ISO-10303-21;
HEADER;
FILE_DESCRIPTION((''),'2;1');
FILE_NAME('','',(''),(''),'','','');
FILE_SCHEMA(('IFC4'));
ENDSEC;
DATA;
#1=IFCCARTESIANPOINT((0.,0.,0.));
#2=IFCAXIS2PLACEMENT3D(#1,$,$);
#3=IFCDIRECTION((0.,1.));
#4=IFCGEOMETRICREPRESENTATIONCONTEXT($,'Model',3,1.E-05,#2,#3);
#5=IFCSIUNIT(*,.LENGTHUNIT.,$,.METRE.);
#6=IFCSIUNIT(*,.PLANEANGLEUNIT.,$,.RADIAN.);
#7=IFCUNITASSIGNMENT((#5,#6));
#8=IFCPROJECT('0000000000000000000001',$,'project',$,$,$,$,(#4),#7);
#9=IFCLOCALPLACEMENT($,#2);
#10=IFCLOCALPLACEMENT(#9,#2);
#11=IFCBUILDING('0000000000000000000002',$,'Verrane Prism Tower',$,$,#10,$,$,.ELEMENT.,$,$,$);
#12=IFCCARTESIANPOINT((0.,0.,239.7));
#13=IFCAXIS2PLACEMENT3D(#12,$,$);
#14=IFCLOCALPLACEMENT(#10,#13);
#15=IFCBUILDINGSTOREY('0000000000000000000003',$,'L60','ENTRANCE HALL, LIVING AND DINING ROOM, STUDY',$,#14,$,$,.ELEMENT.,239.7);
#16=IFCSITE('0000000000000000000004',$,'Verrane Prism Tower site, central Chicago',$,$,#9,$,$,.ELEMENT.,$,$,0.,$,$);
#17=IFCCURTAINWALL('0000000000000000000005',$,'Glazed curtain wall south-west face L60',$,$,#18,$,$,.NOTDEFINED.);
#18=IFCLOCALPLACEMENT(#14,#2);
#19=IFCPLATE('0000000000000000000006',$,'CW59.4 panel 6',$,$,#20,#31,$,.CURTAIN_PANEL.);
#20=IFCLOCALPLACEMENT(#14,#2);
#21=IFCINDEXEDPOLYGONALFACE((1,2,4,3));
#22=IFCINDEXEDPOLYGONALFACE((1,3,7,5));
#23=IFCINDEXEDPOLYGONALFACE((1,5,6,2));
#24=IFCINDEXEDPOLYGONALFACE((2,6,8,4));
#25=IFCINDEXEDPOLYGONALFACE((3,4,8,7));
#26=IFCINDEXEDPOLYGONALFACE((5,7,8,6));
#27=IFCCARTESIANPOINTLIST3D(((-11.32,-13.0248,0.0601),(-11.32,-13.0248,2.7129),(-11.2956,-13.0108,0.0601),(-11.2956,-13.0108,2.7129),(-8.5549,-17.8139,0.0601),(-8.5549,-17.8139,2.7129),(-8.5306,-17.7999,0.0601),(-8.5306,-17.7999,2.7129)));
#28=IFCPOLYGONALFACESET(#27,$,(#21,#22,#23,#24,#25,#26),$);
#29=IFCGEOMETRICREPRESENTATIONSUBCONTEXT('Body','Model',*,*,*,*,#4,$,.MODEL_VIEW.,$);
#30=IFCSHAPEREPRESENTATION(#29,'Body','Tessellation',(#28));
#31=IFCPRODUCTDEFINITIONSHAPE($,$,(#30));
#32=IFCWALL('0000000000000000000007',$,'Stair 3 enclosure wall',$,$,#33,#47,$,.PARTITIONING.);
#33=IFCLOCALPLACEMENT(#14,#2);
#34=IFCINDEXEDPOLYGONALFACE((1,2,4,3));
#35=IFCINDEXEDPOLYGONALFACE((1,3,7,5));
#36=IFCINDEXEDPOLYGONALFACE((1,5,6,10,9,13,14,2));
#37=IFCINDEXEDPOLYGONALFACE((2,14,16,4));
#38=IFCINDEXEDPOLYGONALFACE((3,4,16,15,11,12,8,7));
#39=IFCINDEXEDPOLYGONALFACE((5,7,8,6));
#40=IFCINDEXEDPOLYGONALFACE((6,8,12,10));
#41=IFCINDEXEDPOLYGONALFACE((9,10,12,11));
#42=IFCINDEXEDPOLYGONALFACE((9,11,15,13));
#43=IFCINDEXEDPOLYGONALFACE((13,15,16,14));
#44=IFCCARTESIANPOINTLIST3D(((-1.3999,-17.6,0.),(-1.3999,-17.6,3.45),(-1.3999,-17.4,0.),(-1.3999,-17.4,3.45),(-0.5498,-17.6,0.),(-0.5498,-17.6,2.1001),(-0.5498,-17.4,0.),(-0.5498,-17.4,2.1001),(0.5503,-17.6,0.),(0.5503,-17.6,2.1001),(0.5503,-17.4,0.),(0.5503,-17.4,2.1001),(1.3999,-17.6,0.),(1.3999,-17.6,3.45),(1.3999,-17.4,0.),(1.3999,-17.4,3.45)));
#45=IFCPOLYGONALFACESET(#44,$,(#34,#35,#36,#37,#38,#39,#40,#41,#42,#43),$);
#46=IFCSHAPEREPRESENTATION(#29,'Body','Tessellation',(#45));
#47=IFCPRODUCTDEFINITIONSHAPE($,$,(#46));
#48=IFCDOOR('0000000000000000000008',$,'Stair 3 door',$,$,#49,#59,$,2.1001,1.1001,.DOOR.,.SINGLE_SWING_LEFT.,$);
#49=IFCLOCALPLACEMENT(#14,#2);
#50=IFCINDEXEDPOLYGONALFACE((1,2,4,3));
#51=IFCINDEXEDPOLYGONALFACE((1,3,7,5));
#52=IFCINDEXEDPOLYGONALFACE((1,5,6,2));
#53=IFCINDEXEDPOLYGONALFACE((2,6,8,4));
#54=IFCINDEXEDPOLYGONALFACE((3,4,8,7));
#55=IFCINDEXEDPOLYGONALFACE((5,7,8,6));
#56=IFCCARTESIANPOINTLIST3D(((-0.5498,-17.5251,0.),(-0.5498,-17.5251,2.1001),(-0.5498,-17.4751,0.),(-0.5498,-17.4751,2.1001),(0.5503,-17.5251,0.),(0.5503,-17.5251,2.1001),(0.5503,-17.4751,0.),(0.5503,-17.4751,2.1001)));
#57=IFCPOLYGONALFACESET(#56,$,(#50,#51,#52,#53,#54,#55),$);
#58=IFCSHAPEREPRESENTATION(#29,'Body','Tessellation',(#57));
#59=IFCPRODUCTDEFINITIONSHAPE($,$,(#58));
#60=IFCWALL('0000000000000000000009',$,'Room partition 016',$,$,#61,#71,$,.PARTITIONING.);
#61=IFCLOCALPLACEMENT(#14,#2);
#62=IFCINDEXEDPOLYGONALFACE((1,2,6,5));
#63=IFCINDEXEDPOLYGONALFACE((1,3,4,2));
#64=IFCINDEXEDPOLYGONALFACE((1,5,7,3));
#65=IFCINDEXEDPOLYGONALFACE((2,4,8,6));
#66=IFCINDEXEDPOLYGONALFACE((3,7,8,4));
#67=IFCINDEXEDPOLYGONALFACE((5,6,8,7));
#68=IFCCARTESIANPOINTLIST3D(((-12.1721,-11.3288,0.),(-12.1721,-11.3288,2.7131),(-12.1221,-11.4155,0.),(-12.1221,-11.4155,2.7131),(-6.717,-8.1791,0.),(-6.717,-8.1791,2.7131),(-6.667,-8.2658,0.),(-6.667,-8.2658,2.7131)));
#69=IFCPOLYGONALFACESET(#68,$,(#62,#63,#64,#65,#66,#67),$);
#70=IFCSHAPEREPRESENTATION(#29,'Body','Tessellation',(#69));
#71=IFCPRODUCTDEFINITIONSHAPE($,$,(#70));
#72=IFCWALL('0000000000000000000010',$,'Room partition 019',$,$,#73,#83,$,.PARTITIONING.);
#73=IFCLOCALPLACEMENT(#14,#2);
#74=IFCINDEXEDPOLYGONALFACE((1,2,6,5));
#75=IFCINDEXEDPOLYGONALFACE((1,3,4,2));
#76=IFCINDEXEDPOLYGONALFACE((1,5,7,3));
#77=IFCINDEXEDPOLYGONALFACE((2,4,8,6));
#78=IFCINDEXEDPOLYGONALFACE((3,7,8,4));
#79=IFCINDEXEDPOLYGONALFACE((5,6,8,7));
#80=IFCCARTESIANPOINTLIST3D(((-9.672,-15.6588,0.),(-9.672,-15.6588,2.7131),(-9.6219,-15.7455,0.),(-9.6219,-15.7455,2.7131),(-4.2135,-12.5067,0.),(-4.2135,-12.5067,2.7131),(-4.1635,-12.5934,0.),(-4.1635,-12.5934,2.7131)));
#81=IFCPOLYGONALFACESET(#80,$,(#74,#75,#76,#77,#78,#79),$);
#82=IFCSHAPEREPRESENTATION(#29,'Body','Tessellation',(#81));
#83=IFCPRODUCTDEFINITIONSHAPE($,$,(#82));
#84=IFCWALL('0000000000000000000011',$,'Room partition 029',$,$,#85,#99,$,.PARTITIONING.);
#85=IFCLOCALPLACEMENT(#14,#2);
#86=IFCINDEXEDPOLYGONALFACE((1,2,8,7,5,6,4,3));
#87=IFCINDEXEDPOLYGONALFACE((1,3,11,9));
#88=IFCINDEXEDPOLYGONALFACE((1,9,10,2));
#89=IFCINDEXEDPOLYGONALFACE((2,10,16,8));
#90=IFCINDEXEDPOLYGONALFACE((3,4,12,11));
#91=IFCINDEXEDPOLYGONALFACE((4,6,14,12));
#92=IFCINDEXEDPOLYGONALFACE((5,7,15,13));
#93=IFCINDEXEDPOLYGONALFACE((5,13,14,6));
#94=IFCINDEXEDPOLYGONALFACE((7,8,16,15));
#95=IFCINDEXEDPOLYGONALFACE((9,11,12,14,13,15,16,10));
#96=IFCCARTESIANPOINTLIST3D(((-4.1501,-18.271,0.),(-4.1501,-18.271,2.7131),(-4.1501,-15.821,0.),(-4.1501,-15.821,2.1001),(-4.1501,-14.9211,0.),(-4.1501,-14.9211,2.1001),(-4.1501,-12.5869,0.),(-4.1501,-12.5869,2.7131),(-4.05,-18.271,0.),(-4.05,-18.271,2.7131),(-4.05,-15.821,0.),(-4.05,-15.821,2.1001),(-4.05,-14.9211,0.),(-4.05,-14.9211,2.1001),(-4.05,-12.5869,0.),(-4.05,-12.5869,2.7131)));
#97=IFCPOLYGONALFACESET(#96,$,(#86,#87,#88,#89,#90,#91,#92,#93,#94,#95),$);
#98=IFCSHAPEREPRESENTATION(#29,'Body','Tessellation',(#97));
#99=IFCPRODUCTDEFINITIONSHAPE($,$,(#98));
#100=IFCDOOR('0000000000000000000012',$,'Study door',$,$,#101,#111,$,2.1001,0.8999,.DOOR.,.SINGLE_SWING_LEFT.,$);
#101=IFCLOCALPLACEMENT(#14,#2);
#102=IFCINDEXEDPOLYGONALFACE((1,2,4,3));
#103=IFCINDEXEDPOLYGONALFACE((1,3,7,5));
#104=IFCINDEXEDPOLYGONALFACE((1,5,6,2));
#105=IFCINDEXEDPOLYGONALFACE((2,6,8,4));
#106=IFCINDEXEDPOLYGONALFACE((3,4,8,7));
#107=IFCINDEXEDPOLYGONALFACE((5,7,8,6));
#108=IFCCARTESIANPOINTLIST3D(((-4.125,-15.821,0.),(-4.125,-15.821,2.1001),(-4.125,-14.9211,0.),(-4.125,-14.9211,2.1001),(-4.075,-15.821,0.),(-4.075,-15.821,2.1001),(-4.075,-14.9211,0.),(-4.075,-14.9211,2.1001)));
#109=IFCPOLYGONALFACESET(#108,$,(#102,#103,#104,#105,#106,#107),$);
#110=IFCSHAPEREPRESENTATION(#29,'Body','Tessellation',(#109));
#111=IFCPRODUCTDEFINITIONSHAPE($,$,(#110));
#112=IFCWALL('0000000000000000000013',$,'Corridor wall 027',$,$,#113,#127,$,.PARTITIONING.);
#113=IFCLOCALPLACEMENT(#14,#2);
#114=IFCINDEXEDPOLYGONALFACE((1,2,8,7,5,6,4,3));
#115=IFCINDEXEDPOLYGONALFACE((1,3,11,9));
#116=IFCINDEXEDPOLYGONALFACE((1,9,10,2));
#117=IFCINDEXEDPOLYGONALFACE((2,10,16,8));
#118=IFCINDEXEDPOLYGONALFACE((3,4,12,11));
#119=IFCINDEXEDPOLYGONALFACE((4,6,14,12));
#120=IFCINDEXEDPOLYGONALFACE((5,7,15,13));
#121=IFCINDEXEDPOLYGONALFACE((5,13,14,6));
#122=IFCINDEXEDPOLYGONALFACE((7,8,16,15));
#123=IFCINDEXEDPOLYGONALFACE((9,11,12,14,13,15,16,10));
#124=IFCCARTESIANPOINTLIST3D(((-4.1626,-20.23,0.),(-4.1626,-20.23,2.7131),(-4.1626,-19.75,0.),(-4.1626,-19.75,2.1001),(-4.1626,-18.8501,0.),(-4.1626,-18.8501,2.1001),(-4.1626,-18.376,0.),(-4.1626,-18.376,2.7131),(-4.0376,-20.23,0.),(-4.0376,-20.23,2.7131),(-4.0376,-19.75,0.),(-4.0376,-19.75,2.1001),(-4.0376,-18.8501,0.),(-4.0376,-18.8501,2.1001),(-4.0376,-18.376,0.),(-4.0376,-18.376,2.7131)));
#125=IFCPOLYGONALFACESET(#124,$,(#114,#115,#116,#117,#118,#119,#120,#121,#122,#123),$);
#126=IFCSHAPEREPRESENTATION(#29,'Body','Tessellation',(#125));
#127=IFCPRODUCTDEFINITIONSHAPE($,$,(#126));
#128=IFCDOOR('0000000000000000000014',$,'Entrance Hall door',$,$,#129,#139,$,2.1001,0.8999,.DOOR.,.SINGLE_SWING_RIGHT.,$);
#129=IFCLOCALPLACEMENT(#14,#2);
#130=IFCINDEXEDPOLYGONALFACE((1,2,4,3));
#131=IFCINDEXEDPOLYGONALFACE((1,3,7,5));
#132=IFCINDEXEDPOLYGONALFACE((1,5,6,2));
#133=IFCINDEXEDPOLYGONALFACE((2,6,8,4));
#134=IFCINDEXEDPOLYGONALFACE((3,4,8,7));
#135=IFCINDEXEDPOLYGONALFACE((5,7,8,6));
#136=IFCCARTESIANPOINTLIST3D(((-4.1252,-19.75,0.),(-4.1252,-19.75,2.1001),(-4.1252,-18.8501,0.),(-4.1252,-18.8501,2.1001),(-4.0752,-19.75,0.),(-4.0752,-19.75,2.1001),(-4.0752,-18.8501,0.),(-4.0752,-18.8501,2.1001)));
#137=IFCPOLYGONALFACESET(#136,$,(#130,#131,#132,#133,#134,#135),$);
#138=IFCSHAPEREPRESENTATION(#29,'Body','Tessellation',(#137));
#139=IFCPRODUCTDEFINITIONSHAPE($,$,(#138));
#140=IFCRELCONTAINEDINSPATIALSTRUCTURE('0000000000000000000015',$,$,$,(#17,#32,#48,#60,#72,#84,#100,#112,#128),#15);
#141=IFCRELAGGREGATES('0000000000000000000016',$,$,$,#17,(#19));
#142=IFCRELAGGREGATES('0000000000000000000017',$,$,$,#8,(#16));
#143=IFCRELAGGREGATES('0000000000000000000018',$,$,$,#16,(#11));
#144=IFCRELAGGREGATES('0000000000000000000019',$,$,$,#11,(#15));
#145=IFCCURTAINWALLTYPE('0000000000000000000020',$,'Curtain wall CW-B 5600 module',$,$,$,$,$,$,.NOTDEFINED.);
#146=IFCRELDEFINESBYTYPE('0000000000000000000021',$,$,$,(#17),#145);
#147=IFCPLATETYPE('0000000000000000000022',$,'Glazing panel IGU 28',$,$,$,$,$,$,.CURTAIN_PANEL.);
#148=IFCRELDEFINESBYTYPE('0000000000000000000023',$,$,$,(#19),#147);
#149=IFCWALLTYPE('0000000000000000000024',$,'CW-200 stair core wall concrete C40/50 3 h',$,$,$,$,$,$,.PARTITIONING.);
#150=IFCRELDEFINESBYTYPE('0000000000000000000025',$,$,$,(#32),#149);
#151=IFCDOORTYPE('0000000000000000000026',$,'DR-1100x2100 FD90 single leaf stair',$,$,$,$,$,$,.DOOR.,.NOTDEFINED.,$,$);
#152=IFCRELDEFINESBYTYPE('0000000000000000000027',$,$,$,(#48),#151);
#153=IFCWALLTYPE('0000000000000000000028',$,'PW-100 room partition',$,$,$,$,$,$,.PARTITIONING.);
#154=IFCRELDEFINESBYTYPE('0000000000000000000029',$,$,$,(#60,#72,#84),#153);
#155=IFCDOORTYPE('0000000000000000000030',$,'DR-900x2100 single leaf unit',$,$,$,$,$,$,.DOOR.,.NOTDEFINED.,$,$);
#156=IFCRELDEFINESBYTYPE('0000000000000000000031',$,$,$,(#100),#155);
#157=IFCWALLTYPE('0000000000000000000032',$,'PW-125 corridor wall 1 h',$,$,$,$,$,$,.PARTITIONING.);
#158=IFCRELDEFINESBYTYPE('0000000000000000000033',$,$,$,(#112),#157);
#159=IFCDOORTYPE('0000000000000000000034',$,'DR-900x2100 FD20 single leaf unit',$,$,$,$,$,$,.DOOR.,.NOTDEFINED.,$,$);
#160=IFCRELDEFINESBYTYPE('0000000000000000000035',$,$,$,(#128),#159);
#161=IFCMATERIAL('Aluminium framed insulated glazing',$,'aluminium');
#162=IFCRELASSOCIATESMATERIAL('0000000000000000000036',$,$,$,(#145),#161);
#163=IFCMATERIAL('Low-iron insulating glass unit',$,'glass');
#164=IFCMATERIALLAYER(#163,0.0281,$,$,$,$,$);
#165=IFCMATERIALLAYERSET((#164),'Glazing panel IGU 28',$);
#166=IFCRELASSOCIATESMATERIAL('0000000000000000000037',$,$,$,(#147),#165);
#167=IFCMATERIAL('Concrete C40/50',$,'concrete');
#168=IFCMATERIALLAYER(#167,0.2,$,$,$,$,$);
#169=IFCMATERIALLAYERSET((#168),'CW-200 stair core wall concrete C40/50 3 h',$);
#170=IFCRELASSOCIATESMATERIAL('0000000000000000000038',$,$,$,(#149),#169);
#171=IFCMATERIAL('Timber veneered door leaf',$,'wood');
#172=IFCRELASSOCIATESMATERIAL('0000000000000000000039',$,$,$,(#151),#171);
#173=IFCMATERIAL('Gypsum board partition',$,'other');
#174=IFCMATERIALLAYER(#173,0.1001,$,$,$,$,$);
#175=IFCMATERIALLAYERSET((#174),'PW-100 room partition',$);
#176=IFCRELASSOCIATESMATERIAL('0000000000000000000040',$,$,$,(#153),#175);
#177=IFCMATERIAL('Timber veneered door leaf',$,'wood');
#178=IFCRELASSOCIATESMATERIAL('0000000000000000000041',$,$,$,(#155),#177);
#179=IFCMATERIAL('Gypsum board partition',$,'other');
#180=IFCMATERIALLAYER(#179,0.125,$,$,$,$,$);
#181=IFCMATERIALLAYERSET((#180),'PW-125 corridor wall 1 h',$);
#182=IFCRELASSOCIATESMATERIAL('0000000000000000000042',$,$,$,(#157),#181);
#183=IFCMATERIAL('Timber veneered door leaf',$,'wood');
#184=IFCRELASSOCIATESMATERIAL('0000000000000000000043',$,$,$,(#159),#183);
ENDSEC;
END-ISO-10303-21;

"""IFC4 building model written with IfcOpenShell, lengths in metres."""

from ifc_helpers import new_model, si_unit, direction, frame, frame_2d, origin, origin_2d, place, context, subcontext, project, spatial, rectangle, extrude, material, layer, layer_set, type_object, element, fill, aggregate, save


model = new_model("IFC4")

# Units and contexts
model_context = context("Model", 3, precision=1e-05, world=origin(), true_north=direction((0.0, 1.0)))
body_context = subcontext(model_context, "Body", "Model", "MODEL_VIEW")
ifc_project = project(units=[si_unit("LENGTHUNIT", "METRE"), si_unit("PLANEANGLEUNIT", "RADIAN")], contexts=[model_context])

# Site, building, storey
site_placement = place(None, origin())
site = spatial("IfcSite", under=ifc_project, at=site_placement, Name="Verrane Prism Tower site, central Chicago", CompositionType="ELEMENT", RefElevation=0.0)
building_placement = place(site_placement, origin())
building = spatial("IfcBuilding", under=site, at=building_placement, Name="Verrane Prism Tower", CompositionType="ELEMENT")
storey_placement = place(building_placement, frame((0.0, 0.0, 239.7)))
storey = spatial("IfcBuildingStorey", under=building, at=storey_placement, Name="L60", Description="ENTRANCE HALL, LIVING AND DINING ROOM, STUDY", CompositionType="ELEMENT", Elevation=239.7)

# Curtain wall
ifc_material_1 = material(Name="Aluminium framed insulated glazing", Category="aluminium")
curtain_wall_type = type_object("IfcCurtainWallType", Name="Curtain wall CW-B 5600 module", PredefinedType="NOTDEFINED", material=ifc_material_1)
curtain_wall_placement = place(storey_placement, origin())
curtain_wall = element("IfcCurtainWall", 1, at=curtain_wall_placement, inside=storey, type_object=curtain_wall_type, Name="Glazed curtain wall south-west face L60", PredefinedType="NOTDEFINED")

# Plate
ifc_material_2 = material(Name="Low-iron insulating glass unit", Category="glass")
ifc_layer_1 = layer(ifc_material_2, 0.0281)
ifc_layer_set_1 = layer_set([ifc_layer_1], Name="Glazing panel IGU 28")
plate_type = type_object("IfcPlateType", Name="Glazing panel IGU 28", PredefinedType="CURTAIN_PANEL", material=ifc_layer_set_1)
plate_1_placement = place(storey_placement, frame((-9.9253, -15.4124, 0.0601), z_axis=(0.0, 0.0, 1.0), x_axis=(0.499999, -0.866026, 0.0)))
plate_1 = element("IfcPlate", 2, at=plate_1_placement, type_object=plate_type, Name="CW59.4 panel 6", PredefinedType="CURTAIN_PANEL", context=body_context, shape_type="SweptSolid", body=[
    extrude(rectangle(XDim=5.53, YDim=0.0281, at=origin_2d()), origin(), (0.0, 0.0, 1.0), 2.6528),
])
aggregate(curtain_wall, [plate_1])

# Wall, opening, door
ifc_material_3 = material(Name="Concrete C40/50", Category="concrete")
ifc_layer_2 = layer(ifc_material_3, 0.2)
ifc_layer_set_2 = layer_set([ifc_layer_2], Name="CW-200 stair core wall concrete C40/50 3 h")
wall_type_1 = type_object("IfcWallType", Name="CW-200 stair core wall concrete C40/50 3 h", PredefinedType="PARTITIONING", material=ifc_layer_set_2)
wall_1_placement = place(storey_placement, frame((-1.3999, -17.5, 0.0), z_axis=(0.0, 0.0, 1.0), x_axis=(1.0, 0.0, 0.0)))
wall_1 = element("IfcWall", 3, at=wall_1_placement, inside=storey, type_object=wall_type_1, Name="Stair 3 enclosure wall", PredefinedType="PARTITIONING", context=body_context, shape_type="SweptSolid", body=[
    extrude(rectangle(XDim=2.7998, YDim=0.2, at=frame_2d((1.3999, 0.0))), origin(), (0.0, 0.0, 1.0), 3.45),
])
opening_1_placement = place(wall_1_placement, frame((0.8501, 0.0, 0.0)))
opening_1 = element("IfcOpeningElement", 4, at=opening_1_placement, cuts=wall_1, PredefinedType="OPENING", context=body_context, shape_type="SweptSolid", body=[
    extrude(rectangle(XDim=1.1001, YDim=2.1001, at=frame_2d((0.55, 1.05))), frame((0.0, 0.1099, 0.0), z_axis=(0.0, -1.0, 0.0), x_axis=(1.0, 0.0, 0.0)), (0.0, 0.0, 1.0), 0.22),
])
ifc_material_4 = material(Name="Timber veneered door leaf", Category="wood")
door_type_1 = type_object("IfcDoorType", Name="DR-1100x2100 FD90 single leaf stair", OperationType="NOTDEFINED", PredefinedType="DOOR", material=ifc_material_4)
door_1_placement = place(opening_1_placement, origin())
door_1 = element("IfcDoor", 5, at=door_1_placement, inside=storey, type_object=door_type_1, Name="Stair 3 door", OperationType="SINGLE_SWING_LEFT", OverallHeight=2.1001, OverallWidth=1.1001, PredefinedType="DOOR", context=body_context, shape_type="SweptSolid", body=[
    extrude(rectangle(XDim=1.1001, YDim=2.1001, at=frame_2d((0.55, 1.05))), frame((0.0, 0.0249, 0.0), z_axis=(0.0, -1.0, 0.0), x_axis=(1.0, 0.0, 0.0)), (0.0, 0.0, 1.0), 0.05),
])
fill(opening_1, door_1)

# Walls
ifc_material_5 = material(Name="Gypsum board partition", Category="other")
ifc_layer_3 = layer(ifc_material_5, 0.1001)
ifc_layer_set_3 = layer_set([ifc_layer_3], Name="PW-100 room partition")
wall_type_2 = type_object("IfcWallType", Name="PW-100 room partition", PredefinedType="PARTITIONING", material=ifc_layer_set_3)
wall_2_placement = place(storey_placement, frame((-12.147, -11.3721, 0.0), z_axis=(0.0, 0.0, 1.0), x_axis=(0.866014, 0.50002, 0.0)))
element("IfcWall", 6, at=wall_2_placement, inside=storey, type_object=wall_type_2, Name="Room partition 016", PredefinedType="PARTITIONING", context=body_context, shape_type="SweptSolid", body=[
    extrude(rectangle(XDim=6.2991, YDim=0.1001, at=frame_2d((3.1494, 0.0))), origin(), (0.0, 0.0, 1.0), 2.7131),
])
wall_3_placement = place(storey_placement, frame((-9.647, -15.7021, 0.0), z_axis=(0.0, 0.0, 1.0), x_axis=(0.865982, 0.500076, 0.0)))
element("IfcWall", 7, at=wall_3_placement, inside=storey, type_object=wall_type_2, Name="Room partition 019", PredefinedType="PARTITIONING", context=body_context, shape_type="SweptSolid", body=[
    extrude(rectangle(XDim=6.3032, YDim=0.1001, at=frame_2d((3.1516, 0.0))), origin(), (0.0, 0.0, 1.0), 2.7131),
])

# Walls, openings, doors
wall_4_placement = place(storey_placement, frame((-4.1001, -18.271, 0.0), z_axis=(0.0, 0.0, 1.0), x_axis=(0.0, 1.0, 0.0)))
wall_4 = element("IfcWall", 8, at=wall_4_placement, inside=storey, type_object=wall_type_2, Name="Room partition 029", PredefinedType="PARTITIONING", context=body_context, shape_type="SweptSolid", body=[
    extrude(rectangle(XDim=5.6841, YDim=0.1001, at=frame_2d((2.842, 0.0))), origin(), (0.0, 0.0, 1.0), 2.7131),
])
opening_2_placement = place(wall_4_placement, frame((2.45, 0.0, 0.0)))
opening_2 = element("IfcOpeningElement", 9, at=opening_2_placement, cuts=wall_4, PredefinedType="OPENING", context=body_context, shape_type="SweptSolid", body=[
    extrude(rectangle(XDim=0.8999, YDim=2.1001, at=frame_2d((0.45, 1.05))), frame((0.0, 0.0601, 0.0), z_axis=(0.0, -1.0, 0.0), x_axis=(1.0, 0.0, 0.0)), (0.0, 0.0, 1.0), 0.1201),
])
ifc_material_6 = material(Name="Timber veneered door leaf", Category="wood")
door_type_2 = type_object("IfcDoorType", Name="DR-900x2100 single leaf unit", OperationType="NOTDEFINED", PredefinedType="DOOR", material=ifc_material_6)
door_2_placement = place(opening_2_placement, origin())
door_2 = element("IfcDoor", 10, at=door_2_placement, inside=storey, type_object=door_type_2, Name="Study door", OperationType="SINGLE_SWING_LEFT", OverallHeight=2.1001, OverallWidth=0.8999, PredefinedType="DOOR", context=body_context, shape_type="SweptSolid", body=[
    extrude(rectangle(XDim=0.8999, YDim=2.1001, at=frame_2d((0.45, 1.05))), frame((0.0, 0.0249, 0.0), z_axis=(0.0, -1.0, 0.0), x_axis=(1.0, 0.0, 0.0)), (0.0, 0.0, 1.0), 0.05),
])
fill(opening_2, door_2)
ifc_material_7 = material(Name="Gypsum board partition", Category="other")
ifc_layer_4 = layer(ifc_material_7, 0.125)
ifc_layer_set_4 = layer_set([ifc_layer_4], Name="PW-125 corridor wall 1 h")
wall_type_3 = type_object("IfcWallType", Name="PW-125 corridor wall 1 h", PredefinedType="PARTITIONING", material=ifc_layer_set_4)
wall_5_placement = place(storey_placement, frame((-4.1001, -18.376, 0.0), z_axis=(0.0, 0.0, 1.0), x_axis=(0.0, -1.0, 0.0)))
wall_5 = element("IfcWall", 11, at=wall_5_placement, inside=storey, type_object=wall_type_3, Name="Corridor wall 027", PredefinedType="PARTITIONING", context=body_context, shape_type="SweptSolid", body=[
    extrude(rectangle(XDim=1.854, YDim=0.125, at=frame_2d((0.927, 0.0))), origin(), (0.0, 0.0, 1.0), 2.7131),
])
opening_3_placement = place(wall_5_placement, frame((0.4741, 0.0, 0.0)))
opening_3 = element("IfcOpeningElement", 12, at=opening_3_placement, cuts=wall_5, PredefinedType="OPENING", context=body_context, shape_type="SweptSolid", body=[
    extrude(rectangle(XDim=0.8999, YDim=2.1001, at=frame_2d((0.45, 1.05))), frame((0.0, 0.0725, 0.0), z_axis=(0.0, -1.0, 0.0), x_axis=(1.0, 0.0, 0.0)), (0.0, 0.0, 1.0), 0.145),
])
ifc_material_8 = material(Name="Timber veneered door leaf", Category="wood")
door_type_3 = type_object("IfcDoorType", Name="DR-900x2100 FD20 single leaf unit", OperationType="NOTDEFINED", PredefinedType="DOOR", material=ifc_material_8)
door_3_placement = place(opening_3_placement, origin())
door_3 = element("IfcDoor", 13, at=door_3_placement, inside=storey, type_object=door_type_3, Name="Entrance Hall door", OperationType="SINGLE_SWING_RIGHT", OverallHeight=2.1001, OverallWidth=0.8999, PredefinedType="DOOR", context=body_context, shape_type="SweptSolid", body=[
    extrude(rectangle(XDim=0.8999, YDim=2.1001, at=frame_2d((0.45, 1.05))), frame((0.0, 0.0249, 0.0), z_axis=(0.0, -1.0, 0.0), x_axis=(1.0, 0.0, 0.0)), (0.0, 0.0, 1.0), 0.05),
])
fill(opening_3, door_3)

save(model, "model.ifc")
